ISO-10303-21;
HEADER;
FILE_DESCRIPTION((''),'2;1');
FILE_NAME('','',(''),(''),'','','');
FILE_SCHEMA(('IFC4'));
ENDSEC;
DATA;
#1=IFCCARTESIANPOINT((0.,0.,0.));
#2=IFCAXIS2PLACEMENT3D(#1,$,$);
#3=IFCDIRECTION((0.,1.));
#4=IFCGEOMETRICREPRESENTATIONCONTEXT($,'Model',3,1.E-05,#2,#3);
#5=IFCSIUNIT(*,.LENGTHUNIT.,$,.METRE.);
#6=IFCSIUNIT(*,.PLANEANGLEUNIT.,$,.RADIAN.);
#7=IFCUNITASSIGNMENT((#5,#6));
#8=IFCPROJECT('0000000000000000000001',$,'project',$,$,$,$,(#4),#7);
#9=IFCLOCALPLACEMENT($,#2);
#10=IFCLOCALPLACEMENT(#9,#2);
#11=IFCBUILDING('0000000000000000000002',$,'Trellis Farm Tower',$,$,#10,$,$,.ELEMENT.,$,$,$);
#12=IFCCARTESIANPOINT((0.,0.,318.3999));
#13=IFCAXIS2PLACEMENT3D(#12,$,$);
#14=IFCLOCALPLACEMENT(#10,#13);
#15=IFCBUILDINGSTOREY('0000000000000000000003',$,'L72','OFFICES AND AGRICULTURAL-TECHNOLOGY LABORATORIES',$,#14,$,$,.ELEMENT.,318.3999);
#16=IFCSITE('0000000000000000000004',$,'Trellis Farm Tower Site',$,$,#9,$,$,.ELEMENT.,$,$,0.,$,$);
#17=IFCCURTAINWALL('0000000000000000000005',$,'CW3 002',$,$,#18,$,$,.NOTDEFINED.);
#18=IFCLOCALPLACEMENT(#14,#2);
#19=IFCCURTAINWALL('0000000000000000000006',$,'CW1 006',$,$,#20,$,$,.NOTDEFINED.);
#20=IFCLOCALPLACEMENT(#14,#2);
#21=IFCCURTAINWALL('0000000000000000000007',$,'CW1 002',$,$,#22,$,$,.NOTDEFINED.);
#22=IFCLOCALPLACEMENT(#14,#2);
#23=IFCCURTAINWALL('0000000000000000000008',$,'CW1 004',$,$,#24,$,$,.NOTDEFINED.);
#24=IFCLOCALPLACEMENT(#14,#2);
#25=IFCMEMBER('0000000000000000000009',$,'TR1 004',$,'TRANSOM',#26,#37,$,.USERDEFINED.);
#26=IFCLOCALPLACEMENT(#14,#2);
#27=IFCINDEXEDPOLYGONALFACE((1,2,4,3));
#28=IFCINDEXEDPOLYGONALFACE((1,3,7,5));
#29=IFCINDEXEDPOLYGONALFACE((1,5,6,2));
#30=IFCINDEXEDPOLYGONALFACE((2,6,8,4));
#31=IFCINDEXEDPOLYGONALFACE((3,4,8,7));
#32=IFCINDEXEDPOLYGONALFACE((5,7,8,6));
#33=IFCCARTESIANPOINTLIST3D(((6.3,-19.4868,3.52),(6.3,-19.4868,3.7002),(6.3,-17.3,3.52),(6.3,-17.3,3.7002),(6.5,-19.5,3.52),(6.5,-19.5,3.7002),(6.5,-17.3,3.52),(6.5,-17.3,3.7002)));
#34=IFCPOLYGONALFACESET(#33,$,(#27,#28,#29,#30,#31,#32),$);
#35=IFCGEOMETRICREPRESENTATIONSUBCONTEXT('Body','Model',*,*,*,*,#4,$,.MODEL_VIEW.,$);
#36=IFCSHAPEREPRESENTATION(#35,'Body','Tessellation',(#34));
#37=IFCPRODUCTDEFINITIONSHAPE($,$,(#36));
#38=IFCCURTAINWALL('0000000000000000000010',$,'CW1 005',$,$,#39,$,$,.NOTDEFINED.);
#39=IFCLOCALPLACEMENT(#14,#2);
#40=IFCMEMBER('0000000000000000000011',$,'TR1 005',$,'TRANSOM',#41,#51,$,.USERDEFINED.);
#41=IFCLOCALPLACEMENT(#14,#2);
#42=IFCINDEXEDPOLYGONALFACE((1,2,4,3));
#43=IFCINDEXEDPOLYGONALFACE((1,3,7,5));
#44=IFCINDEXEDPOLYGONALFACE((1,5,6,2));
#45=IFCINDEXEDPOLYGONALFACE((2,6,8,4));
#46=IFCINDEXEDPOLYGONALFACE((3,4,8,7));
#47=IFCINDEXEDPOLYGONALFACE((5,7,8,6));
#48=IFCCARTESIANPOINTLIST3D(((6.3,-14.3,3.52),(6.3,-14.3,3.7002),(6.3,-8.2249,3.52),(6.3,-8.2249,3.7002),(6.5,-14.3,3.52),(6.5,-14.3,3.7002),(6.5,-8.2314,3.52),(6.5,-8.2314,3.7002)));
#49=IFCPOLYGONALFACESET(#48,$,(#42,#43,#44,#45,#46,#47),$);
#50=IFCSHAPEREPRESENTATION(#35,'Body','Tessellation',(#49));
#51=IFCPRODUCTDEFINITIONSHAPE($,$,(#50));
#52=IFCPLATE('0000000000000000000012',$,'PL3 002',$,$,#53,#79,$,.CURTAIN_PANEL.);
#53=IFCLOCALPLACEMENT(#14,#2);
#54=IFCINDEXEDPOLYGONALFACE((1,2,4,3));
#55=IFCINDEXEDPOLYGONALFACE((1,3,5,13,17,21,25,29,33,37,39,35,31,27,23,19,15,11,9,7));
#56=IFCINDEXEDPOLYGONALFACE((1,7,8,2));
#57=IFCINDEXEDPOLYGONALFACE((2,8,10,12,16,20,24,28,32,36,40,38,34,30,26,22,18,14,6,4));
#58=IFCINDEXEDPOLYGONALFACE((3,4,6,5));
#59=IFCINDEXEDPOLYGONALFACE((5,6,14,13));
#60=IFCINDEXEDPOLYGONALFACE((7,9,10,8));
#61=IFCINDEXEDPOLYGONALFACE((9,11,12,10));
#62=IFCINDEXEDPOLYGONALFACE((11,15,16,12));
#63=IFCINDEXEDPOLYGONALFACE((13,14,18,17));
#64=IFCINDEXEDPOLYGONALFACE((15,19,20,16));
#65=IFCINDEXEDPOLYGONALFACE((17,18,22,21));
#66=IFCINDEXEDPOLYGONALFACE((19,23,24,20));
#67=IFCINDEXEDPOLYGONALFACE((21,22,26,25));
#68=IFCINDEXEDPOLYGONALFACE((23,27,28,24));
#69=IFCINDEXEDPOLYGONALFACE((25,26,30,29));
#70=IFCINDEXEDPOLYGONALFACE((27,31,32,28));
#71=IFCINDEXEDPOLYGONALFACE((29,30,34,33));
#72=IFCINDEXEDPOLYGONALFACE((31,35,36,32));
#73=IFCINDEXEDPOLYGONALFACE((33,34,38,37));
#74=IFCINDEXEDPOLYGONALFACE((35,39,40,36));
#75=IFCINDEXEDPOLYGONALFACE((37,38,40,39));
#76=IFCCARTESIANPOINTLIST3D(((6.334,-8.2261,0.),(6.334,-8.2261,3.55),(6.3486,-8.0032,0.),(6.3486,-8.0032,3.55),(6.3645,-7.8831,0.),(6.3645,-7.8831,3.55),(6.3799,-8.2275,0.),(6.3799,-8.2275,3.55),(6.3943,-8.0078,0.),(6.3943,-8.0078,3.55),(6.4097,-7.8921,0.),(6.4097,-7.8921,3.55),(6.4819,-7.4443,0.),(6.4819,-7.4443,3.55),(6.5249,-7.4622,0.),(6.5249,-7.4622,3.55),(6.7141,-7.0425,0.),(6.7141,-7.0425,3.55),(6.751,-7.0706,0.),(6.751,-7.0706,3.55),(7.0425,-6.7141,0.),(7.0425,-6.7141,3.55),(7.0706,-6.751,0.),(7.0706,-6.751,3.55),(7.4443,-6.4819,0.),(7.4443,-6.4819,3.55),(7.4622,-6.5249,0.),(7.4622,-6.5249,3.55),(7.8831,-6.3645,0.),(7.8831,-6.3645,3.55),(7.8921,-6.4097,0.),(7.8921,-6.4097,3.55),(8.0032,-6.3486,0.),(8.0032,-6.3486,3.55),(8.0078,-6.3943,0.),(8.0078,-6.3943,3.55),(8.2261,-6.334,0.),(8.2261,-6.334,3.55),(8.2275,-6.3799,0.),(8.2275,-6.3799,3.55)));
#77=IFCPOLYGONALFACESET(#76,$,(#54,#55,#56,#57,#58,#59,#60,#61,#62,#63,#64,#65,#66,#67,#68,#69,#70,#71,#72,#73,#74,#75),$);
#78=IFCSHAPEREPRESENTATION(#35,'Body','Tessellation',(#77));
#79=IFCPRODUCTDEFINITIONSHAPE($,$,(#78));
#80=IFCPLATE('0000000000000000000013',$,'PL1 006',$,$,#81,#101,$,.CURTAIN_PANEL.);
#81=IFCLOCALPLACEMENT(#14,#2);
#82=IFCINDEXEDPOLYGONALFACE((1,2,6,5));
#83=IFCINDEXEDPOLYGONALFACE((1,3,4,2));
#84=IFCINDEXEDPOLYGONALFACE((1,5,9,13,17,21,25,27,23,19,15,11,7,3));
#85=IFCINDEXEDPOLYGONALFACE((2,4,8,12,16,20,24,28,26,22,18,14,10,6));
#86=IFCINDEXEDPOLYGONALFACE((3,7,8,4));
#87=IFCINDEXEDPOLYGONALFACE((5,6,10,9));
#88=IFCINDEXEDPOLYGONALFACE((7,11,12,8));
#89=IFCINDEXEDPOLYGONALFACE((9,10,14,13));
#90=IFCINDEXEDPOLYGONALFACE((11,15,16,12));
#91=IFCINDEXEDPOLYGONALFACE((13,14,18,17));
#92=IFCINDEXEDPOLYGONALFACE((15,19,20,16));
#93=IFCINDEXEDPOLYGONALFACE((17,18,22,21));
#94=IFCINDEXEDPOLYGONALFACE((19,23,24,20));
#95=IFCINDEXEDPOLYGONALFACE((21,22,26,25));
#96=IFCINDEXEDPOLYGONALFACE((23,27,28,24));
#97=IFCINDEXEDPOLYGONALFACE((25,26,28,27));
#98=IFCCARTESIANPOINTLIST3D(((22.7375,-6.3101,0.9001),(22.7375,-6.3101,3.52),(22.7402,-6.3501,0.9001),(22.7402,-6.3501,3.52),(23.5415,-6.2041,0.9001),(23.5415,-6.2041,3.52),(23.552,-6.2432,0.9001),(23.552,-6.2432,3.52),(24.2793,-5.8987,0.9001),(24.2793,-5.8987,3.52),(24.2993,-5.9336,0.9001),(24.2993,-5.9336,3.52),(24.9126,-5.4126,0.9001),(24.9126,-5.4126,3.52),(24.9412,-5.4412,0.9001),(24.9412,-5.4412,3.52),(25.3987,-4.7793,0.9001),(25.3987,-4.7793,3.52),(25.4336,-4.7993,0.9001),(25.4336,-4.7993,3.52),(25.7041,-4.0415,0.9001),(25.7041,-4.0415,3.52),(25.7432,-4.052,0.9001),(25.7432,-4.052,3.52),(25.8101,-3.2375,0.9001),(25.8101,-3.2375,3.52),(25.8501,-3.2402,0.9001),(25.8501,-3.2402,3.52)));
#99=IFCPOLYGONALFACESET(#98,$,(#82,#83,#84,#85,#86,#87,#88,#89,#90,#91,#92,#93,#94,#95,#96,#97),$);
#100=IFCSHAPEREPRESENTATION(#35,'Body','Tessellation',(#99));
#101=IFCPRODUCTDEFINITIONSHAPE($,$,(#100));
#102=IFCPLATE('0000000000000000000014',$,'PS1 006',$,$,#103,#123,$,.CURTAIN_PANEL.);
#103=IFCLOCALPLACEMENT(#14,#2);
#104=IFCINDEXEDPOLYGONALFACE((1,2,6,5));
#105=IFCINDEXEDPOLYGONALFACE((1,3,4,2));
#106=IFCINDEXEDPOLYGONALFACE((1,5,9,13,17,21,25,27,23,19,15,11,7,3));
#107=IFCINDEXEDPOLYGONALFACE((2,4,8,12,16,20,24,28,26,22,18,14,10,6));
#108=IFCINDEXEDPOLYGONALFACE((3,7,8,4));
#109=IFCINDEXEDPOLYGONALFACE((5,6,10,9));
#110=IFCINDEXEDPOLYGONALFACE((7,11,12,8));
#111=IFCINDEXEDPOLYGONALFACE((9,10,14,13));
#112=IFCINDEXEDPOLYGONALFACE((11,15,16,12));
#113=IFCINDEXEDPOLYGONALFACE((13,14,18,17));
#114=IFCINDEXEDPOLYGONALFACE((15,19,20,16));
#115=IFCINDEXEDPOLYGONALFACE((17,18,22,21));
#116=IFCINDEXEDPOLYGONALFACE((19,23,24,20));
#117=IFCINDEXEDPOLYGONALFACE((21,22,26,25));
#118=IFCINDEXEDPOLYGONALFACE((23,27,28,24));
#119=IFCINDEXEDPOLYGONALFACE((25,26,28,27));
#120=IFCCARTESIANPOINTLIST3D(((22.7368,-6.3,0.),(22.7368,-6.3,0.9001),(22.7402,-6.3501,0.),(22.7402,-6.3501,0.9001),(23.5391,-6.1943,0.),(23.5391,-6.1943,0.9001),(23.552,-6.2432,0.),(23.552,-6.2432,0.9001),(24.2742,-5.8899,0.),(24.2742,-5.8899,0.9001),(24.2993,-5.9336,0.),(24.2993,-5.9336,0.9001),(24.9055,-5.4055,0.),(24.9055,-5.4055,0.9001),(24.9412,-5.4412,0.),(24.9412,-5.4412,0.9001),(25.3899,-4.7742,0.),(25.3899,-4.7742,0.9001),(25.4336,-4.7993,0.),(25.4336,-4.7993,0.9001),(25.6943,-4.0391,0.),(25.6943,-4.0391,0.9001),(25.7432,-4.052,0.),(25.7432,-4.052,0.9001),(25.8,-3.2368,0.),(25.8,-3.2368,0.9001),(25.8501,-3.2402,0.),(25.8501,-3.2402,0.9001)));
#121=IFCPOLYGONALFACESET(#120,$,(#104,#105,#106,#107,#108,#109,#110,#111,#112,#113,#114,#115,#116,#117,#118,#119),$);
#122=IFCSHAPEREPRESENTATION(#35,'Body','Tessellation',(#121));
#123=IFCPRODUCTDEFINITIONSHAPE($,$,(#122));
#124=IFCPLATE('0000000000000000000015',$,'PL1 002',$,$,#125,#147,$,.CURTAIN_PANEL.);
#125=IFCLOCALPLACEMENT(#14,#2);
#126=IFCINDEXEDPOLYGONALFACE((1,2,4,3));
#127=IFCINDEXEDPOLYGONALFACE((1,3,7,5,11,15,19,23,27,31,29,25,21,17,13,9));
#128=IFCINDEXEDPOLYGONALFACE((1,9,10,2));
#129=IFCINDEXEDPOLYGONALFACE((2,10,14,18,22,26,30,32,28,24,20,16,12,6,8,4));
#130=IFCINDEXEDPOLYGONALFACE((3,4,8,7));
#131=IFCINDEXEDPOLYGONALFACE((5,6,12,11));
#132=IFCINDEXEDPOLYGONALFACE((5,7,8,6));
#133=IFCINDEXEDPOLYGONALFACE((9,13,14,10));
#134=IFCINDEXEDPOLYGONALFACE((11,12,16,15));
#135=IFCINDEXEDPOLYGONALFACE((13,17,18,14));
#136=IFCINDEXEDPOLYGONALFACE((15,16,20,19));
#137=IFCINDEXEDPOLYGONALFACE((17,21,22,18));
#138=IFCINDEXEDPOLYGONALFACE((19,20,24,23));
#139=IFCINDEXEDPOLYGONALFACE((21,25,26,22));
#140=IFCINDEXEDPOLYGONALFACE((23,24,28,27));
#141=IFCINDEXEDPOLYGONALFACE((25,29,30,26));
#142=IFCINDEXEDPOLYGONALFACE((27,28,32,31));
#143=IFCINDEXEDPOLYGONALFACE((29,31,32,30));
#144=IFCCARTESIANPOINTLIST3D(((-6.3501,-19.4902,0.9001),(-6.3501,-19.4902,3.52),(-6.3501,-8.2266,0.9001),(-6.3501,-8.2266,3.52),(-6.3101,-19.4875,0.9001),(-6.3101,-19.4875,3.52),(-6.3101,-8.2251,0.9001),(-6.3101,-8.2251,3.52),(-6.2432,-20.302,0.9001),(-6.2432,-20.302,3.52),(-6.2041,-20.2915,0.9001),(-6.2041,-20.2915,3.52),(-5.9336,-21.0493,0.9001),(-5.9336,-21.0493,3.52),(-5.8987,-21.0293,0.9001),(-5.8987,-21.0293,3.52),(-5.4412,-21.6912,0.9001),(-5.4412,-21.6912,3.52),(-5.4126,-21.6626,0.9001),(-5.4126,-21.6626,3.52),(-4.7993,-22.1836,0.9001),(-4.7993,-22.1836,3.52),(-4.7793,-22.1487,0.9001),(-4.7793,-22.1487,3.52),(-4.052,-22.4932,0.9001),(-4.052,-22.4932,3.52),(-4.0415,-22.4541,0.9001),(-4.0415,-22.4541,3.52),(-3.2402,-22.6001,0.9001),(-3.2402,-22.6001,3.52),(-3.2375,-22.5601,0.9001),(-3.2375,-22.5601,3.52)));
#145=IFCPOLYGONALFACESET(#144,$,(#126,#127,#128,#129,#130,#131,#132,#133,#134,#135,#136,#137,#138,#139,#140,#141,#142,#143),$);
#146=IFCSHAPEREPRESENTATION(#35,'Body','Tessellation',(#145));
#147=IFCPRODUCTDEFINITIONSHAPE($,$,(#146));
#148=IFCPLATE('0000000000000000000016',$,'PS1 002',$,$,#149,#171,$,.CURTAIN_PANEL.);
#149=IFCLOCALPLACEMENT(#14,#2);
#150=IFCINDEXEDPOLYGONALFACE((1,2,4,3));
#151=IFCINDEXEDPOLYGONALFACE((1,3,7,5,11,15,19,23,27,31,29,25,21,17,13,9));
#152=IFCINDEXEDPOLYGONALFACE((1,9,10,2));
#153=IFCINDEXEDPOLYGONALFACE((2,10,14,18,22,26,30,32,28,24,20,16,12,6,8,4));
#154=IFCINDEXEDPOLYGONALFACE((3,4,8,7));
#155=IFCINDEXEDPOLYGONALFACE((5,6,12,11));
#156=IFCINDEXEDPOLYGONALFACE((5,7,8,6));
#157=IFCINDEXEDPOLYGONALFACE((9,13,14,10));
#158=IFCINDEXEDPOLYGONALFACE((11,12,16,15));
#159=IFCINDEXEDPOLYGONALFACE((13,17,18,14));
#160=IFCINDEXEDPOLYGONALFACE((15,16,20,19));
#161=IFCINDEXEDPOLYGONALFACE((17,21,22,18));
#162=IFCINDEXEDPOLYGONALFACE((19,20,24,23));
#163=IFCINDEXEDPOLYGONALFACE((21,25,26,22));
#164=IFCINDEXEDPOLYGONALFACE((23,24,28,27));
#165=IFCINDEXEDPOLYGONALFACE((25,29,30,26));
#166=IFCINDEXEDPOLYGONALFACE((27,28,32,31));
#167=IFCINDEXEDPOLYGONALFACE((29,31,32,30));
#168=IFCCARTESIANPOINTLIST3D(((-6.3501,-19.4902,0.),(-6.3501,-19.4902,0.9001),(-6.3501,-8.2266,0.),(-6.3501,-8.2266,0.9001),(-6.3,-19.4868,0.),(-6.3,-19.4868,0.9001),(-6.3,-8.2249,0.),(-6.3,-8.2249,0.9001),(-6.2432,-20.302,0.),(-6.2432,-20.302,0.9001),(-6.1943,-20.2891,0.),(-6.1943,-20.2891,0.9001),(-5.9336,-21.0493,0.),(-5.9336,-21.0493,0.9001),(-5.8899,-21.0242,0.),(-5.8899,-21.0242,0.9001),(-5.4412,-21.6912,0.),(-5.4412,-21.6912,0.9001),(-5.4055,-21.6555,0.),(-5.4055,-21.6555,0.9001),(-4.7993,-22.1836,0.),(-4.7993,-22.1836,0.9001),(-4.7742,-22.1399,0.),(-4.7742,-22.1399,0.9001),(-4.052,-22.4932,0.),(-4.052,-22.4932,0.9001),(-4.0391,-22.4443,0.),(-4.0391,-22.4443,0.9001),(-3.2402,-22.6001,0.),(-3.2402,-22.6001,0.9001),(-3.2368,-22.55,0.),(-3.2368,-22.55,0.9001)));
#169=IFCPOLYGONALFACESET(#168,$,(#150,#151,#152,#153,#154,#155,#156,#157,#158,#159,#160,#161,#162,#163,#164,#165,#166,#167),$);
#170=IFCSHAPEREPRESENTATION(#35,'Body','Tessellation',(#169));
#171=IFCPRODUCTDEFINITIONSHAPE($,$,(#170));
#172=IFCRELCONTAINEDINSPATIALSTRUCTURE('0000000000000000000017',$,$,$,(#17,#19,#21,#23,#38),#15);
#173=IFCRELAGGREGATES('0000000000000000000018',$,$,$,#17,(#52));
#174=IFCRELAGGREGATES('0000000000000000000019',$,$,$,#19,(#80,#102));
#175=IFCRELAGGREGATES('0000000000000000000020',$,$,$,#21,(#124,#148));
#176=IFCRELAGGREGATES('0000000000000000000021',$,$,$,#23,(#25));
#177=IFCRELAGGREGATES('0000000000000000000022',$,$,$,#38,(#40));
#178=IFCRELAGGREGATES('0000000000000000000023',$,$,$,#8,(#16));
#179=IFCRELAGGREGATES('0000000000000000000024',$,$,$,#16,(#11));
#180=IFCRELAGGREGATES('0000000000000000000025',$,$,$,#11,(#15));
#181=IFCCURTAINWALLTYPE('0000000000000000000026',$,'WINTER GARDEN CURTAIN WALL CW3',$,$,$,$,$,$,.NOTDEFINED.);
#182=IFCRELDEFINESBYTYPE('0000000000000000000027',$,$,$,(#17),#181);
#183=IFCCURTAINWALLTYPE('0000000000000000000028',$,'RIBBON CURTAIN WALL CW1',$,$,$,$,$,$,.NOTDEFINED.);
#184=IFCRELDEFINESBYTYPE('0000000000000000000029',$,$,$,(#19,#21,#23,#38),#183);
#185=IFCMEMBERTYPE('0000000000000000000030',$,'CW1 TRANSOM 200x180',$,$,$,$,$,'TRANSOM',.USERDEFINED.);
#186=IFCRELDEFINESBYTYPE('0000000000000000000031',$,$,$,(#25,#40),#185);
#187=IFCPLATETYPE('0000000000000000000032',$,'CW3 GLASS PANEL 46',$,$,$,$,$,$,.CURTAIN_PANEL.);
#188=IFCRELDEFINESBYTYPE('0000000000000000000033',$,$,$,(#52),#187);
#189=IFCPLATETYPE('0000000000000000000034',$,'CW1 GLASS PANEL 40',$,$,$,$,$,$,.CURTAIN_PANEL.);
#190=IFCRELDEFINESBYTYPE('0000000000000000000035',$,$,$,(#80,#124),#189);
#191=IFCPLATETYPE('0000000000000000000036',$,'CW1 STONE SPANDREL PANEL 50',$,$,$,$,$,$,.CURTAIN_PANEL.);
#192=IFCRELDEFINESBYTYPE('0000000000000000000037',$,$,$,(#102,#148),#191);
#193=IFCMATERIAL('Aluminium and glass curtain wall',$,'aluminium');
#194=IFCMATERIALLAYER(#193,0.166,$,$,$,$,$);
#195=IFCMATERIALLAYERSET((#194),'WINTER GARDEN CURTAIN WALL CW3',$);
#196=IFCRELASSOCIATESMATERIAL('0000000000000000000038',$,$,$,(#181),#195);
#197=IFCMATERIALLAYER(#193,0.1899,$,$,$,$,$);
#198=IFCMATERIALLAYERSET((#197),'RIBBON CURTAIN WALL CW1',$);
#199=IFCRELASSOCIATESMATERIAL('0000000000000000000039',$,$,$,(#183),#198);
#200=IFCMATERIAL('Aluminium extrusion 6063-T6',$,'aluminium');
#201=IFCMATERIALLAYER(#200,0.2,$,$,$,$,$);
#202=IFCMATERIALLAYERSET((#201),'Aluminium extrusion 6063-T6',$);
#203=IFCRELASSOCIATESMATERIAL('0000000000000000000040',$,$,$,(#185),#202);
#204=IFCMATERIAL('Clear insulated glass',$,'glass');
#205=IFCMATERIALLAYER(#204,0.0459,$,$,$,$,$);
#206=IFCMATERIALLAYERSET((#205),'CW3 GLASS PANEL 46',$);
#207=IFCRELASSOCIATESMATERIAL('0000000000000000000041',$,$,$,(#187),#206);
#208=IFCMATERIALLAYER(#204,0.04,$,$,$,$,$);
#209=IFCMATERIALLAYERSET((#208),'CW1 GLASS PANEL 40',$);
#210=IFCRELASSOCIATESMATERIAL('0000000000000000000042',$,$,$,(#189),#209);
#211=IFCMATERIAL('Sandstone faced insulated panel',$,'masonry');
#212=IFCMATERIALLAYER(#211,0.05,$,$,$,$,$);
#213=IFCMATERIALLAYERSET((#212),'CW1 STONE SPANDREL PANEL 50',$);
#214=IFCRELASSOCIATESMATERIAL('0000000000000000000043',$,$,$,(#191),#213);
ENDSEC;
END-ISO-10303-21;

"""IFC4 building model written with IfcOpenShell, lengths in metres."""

from ifc_helpers import new_model, si_unit, direction, frame, origin, place, context, subcontext, project, spatial, polyline, outline, extrude, source, transform, mapped, material, layer, layer_set, type_object, element, aggregate, save


model = new_model("IFC4")

# Units and contexts
model_context = context("Model", 3, precision=1e-05, world=origin(), true_north=direction((0.0, 1.0)))
body_context = subcontext(model_context, "Body", "Model", "MODEL_VIEW")
ifc_project = project(units=[si_unit("LENGTHUNIT", "METRE"), si_unit("PLANEANGLEUNIT", "RADIAN")], contexts=[model_context])

# Site, building, storey
site_placement = place(None, origin())
site = spatial("IfcSite", under=ifc_project, at=site_placement, Name="Trellis Farm Tower Site", CompositionType="ELEMENT", RefElevation=0.0)
building_placement = place(site_placement, origin())
building = spatial("IfcBuilding", under=site, at=building_placement, Name="Trellis Farm Tower", CompositionType="ELEMENT")
storey_placement = place(building_placement, frame((0.0, 0.0, 318.3999)))
storey = spatial("IfcBuildingStorey", under=building, at=storey_placement, Name="L72", Description="OFFICES AND AGRICULTURAL-TECHNOLOGY LABORATORIES", CompositionType="ELEMENT", Elevation=318.3999)

# Curtain walls, members
ifc_material_1 = material(Name="Aluminium and glass curtain wall", Category="aluminium")
ifc_layer_1 = layer(ifc_material_1, 0.166)
ifc_layer_set_1 = layer_set([ifc_layer_1], Name="WINTER GARDEN CURTAIN WALL CW3")
curtain_wall_type_1 = type_object("IfcCurtainWallType", Name="WINTER GARDEN CURTAIN WALL CW3", PredefinedType="NOTDEFINED", material=ifc_layer_set_1)
placement_1 = place(storey_placement, origin())
ifc_material_2 = material(Name="Aluminium extrusion 6063-T6", Category="aluminium")
curtain_wall_1 = element("IfcCurtainWall", 1, at=placement_1, inside=storey, type_object=curtain_wall_type_1, Name="CW3 002", PredefinedType="NOTDEFINED")
ifc_layer_2 = layer(ifc_material_1, 0.1899)
ifc_layer_set_2 = layer_set([ifc_layer_2], Name="RIBBON CURTAIN WALL CW1")
curtain_wall_type_2 = type_object("IfcCurtainWallType", Name="RIBBON CURTAIN WALL CW1", PredefinedType="NOTDEFINED", material=ifc_layer_set_2)
curtain_wall_2 = element("IfcCurtainWall", 2, at=placement_1, inside=storey, type_object=curtain_wall_type_2, Name="CW1 006", PredefinedType="NOTDEFINED")
ifc_layer_3 = layer(ifc_material_2, 0.2)
ifc_layer_set_3 = layer_set([ifc_layer_3], Name="Aluminium extrusion 6063-T6")
member_type_1 = type_object("IfcMemberType", Name="CW1 TRANSOM 200x180", ElementType="TRANSOM", PredefinedType="USERDEFINED", material=ifc_layer_set_3)
placement_2 = place(storey_placement, frame((0.0, 0.0, 3.52)))
curtain_wall_3 = element("IfcCurtainWall", 3, at=placement_1, inside=storey, type_object=curtain_wall_type_2, Name="CW1 002", PredefinedType="NOTDEFINED")
curtain_wall_4 = element("IfcCurtainWall", 4, at=placement_1, inside=storey, type_object=curtain_wall_type_2, Name="CW1 004", PredefinedType="NOTDEFINED")
shared_shape_1 = source(origin(), body_context, "Body", "SweptSolid", [
    extrude(outline(polyline([(6.5, -19.5), (6.5, -17.3), (6.3, -17.3), (6.3, -19.4868), (6.5, -19.5)])), origin(), (0.0, 0.0, 1.0), 0.1802),
])
member_1 = element("IfcMember", 5, at=placement_2, type_object=member_type_1, Name="TR1 004", ObjectType="TRANSOM", PredefinedType="USERDEFINED", context=body_context, shape_type="MappedRepresentation", body=[
    mapped(shared_shape_1, transform((0.0, 0.0, 0.0))),
])
curtain_wall_5 = element("IfcCurtainWall", 6, at=placement_1, inside=storey, type_object=curtain_wall_type_2, Name="CW1 005", PredefinedType="NOTDEFINED")
shared_shape_2 = source(origin(), body_context, "Body", "SweptSolid", [
    extrude(outline(polyline([(6.5, -14.3), (6.5, -8.2314), (6.3, -8.2249), (6.3, -14.3), (6.5, -14.3)])), origin(), (0.0, 0.0, 1.0), 0.1802),
])
member_2 = element("IfcMember", 7, at=placement_2, type_object=member_type_1, Name="TR1 005", ObjectType="TRANSOM", PredefinedType="USERDEFINED", context=body_context, shape_type="MappedRepresentation", body=[
    mapped(shared_shape_2, transform((0.0, 0.0, 0.0))),
])

# Plates
ifc_material_3 = material(Name="Clear insulated glass", Category="glass")
ifc_layer_4 = layer(ifc_material_3, 0.0459)
ifc_layer_set_4 = layer_set([ifc_layer_4], Name="CW3 GLASS PANEL 46")
plate_type_1 = type_object("IfcPlateType", Name="CW3 GLASS PANEL 46", PredefinedType="CURTAIN_PANEL", material=ifc_layer_set_4)
shared_shape_3 = source(origin(), body_context, "Body", "SweptSolid", [
    extrude(outline(polyline([(6.3799, -8.2275), (6.3943, -8.0078), (6.4097, -7.8921), (6.5249, -7.4622), (6.751, -7.0706), (7.0706, -6.751), (7.4622, -6.5249), (7.8921, -6.4097), (8.0078, -6.3943), (8.2275, -6.3799), (8.2261, -6.334), (8.0032, -6.3486), (7.8831, -6.3645), (7.4443, -6.4819), (7.0425, -6.7141), (6.7141, -7.0425), (6.4819, -7.4443), (6.3645, -7.8831), (6.3486, -8.0032), (6.334, -8.2261), (6.3799, -8.2275)])), origin(), (0.0, 0.0, 1.0), 3.55),
])
plate_1 = element("IfcPlate", 8, at=placement_1, type_object=plate_type_1, Name="PL3 002", PredefinedType="CURTAIN_PANEL", context=body_context, shape_type="MappedRepresentation", body=[
    mapped(shared_shape_3, transform((0.0, 0.0, 0.0))),
])
aggregate(curtain_wall_1, [plate_1])
ifc_layer_5 = layer(ifc_material_3, 0.04)
ifc_layer_set_5 = layer_set([ifc_layer_5], Name="CW1 GLASS PANEL 40")
plate_type_2 = type_object("IfcPlateType", Name="CW1 GLASS PANEL 40", PredefinedType="CURTAIN_PANEL", material=ifc_layer_set_5)
shared_shape_4 = source(origin(), body_context, "Body", "SweptSolid", [
    extrude(outline(polyline([(22.7402, -6.3501), (23.552, -6.2432), (24.2993, -5.9336), (24.9412, -5.4412), (25.4336, -4.7993), (25.7432, -4.052), (25.8501, -3.2402), (25.8101, -3.2375), (25.7041, -4.0415), (25.3987, -4.7793), (24.9126, -5.4126), (24.2793, -5.8987), (23.5415, -6.2041), (22.7375, -6.3101), (22.7402, -6.3501)])), origin(), (0.0, 0.0, 1.0), 2.6199),
])
placement_3 = place(storey_placement, frame((0.0, 0.0, 0.9001)))
plate_2 = element("IfcPlate", 9, at=placement_3, type_object=plate_type_2, Name="PL1 006", PredefinedType="CURTAIN_PANEL", context=body_context, shape_type="MappedRepresentation", body=[
    mapped(shared_shape_4, transform((0.0, 0.0, 0.0))),
])
ifc_material_4 = material(Name="Sandstone faced insulated panel", Category="masonry")
ifc_layer_6 = layer(ifc_material_4, 0.05)
ifc_layer_set_6 = layer_set([ifc_layer_6], Name="CW1 STONE SPANDREL PANEL 50")
plate_type_3 = type_object("IfcPlateType", Name="CW1 STONE SPANDREL PANEL 50", PredefinedType="CURTAIN_PANEL", material=ifc_layer_set_6)
shared_shape_5 = source(origin(), body_context, "Body", "SweptSolid", [
    extrude(outline(polyline([(22.7402, -6.3501), (23.552, -6.2432), (24.2993, -5.9336), (24.9412, -5.4412), (25.4336, -4.7993), (25.7432, -4.052), (25.8501, -3.2402), (25.8, -3.2368), (25.6943, -4.0391), (25.3899, -4.7742), (24.9055, -5.4055), (24.2742, -5.8899), (23.5391, -6.1943), (22.7368, -6.3), (22.7402, -6.3501)])), origin(), (0.0, 0.0, 1.0), 0.9001),
])
plate_3 = element("IfcPlate", 10, at=placement_1, type_object=plate_type_3, Name="PS1 006", PredefinedType="CURTAIN_PANEL", context=body_context, shape_type="MappedRepresentation", body=[
    mapped(shared_shape_5, transform((0.0, 0.0, 0.0))),
])
aggregate(curtain_wall_2, [plate_2, plate_3])
shared_shape_6 = source(origin(), body_context, "Body", "SweptSolid", [
    extrude(outline(polyline([(-6.3501, -8.2266), (-6.3501, -19.4902), (-6.2432, -20.302), (-5.9336, -21.0493), (-5.4412, -21.6912), (-4.7993, -22.1836), (-4.052, -22.4932), (-3.2402, -22.6001), (-3.2375, -22.5601), (-4.0415, -22.4541), (-4.7793, -22.1487), (-5.4126, -21.6626), (-5.8987, -21.0293), (-6.2041, -20.2915), (-6.3101, -19.4875), (-6.3101, -8.2251), (-6.3501, -8.2266)])), origin(), (0.0, 0.0, 1.0), 2.6199),
])
plate_4 = element("IfcPlate", 11, at=placement_3, type_object=plate_type_2, Name="PL1 002", PredefinedType="CURTAIN_PANEL", context=body_context, shape_type="MappedRepresentation", body=[
    mapped(shared_shape_6, transform((0.0, 0.0, 0.0))),
])
shared_shape_7 = source(origin(), body_context, "Body", "SweptSolid", [
    extrude(outline(polyline([(-6.3501, -8.2266), (-6.3501, -19.4902), (-6.2432, -20.302), (-5.9336, -21.0493), (-5.4412, -21.6912), (-4.7993, -22.1836), (-4.052, -22.4932), (-3.2402, -22.6001), (-3.2368, -22.55), (-4.0391, -22.4443), (-4.7742, -22.1399), (-5.4055, -21.6555), (-5.8899, -21.0242), (-6.1943, -20.2891), (-6.3, -19.4868), (-6.3, -8.2249), (-6.3501, -8.2266)])), origin(), (0.0, 0.0, 1.0), 0.9001),
])
plate_5 = element("IfcPlate", 12, at=placement_1, type_object=plate_type_3, Name="PS1 002", PredefinedType="CURTAIN_PANEL", context=body_context, shape_type="MappedRepresentation", body=[
    mapped(shared_shape_7, transform((0.0, 0.0, 0.0))),
])
aggregate(curtain_wall_3, [plate_4, plate_5])
aggregate(curtain_wall_4, [member_1])
aggregate(curtain_wall_5, [member_2])

save(model, "model.ifc")
